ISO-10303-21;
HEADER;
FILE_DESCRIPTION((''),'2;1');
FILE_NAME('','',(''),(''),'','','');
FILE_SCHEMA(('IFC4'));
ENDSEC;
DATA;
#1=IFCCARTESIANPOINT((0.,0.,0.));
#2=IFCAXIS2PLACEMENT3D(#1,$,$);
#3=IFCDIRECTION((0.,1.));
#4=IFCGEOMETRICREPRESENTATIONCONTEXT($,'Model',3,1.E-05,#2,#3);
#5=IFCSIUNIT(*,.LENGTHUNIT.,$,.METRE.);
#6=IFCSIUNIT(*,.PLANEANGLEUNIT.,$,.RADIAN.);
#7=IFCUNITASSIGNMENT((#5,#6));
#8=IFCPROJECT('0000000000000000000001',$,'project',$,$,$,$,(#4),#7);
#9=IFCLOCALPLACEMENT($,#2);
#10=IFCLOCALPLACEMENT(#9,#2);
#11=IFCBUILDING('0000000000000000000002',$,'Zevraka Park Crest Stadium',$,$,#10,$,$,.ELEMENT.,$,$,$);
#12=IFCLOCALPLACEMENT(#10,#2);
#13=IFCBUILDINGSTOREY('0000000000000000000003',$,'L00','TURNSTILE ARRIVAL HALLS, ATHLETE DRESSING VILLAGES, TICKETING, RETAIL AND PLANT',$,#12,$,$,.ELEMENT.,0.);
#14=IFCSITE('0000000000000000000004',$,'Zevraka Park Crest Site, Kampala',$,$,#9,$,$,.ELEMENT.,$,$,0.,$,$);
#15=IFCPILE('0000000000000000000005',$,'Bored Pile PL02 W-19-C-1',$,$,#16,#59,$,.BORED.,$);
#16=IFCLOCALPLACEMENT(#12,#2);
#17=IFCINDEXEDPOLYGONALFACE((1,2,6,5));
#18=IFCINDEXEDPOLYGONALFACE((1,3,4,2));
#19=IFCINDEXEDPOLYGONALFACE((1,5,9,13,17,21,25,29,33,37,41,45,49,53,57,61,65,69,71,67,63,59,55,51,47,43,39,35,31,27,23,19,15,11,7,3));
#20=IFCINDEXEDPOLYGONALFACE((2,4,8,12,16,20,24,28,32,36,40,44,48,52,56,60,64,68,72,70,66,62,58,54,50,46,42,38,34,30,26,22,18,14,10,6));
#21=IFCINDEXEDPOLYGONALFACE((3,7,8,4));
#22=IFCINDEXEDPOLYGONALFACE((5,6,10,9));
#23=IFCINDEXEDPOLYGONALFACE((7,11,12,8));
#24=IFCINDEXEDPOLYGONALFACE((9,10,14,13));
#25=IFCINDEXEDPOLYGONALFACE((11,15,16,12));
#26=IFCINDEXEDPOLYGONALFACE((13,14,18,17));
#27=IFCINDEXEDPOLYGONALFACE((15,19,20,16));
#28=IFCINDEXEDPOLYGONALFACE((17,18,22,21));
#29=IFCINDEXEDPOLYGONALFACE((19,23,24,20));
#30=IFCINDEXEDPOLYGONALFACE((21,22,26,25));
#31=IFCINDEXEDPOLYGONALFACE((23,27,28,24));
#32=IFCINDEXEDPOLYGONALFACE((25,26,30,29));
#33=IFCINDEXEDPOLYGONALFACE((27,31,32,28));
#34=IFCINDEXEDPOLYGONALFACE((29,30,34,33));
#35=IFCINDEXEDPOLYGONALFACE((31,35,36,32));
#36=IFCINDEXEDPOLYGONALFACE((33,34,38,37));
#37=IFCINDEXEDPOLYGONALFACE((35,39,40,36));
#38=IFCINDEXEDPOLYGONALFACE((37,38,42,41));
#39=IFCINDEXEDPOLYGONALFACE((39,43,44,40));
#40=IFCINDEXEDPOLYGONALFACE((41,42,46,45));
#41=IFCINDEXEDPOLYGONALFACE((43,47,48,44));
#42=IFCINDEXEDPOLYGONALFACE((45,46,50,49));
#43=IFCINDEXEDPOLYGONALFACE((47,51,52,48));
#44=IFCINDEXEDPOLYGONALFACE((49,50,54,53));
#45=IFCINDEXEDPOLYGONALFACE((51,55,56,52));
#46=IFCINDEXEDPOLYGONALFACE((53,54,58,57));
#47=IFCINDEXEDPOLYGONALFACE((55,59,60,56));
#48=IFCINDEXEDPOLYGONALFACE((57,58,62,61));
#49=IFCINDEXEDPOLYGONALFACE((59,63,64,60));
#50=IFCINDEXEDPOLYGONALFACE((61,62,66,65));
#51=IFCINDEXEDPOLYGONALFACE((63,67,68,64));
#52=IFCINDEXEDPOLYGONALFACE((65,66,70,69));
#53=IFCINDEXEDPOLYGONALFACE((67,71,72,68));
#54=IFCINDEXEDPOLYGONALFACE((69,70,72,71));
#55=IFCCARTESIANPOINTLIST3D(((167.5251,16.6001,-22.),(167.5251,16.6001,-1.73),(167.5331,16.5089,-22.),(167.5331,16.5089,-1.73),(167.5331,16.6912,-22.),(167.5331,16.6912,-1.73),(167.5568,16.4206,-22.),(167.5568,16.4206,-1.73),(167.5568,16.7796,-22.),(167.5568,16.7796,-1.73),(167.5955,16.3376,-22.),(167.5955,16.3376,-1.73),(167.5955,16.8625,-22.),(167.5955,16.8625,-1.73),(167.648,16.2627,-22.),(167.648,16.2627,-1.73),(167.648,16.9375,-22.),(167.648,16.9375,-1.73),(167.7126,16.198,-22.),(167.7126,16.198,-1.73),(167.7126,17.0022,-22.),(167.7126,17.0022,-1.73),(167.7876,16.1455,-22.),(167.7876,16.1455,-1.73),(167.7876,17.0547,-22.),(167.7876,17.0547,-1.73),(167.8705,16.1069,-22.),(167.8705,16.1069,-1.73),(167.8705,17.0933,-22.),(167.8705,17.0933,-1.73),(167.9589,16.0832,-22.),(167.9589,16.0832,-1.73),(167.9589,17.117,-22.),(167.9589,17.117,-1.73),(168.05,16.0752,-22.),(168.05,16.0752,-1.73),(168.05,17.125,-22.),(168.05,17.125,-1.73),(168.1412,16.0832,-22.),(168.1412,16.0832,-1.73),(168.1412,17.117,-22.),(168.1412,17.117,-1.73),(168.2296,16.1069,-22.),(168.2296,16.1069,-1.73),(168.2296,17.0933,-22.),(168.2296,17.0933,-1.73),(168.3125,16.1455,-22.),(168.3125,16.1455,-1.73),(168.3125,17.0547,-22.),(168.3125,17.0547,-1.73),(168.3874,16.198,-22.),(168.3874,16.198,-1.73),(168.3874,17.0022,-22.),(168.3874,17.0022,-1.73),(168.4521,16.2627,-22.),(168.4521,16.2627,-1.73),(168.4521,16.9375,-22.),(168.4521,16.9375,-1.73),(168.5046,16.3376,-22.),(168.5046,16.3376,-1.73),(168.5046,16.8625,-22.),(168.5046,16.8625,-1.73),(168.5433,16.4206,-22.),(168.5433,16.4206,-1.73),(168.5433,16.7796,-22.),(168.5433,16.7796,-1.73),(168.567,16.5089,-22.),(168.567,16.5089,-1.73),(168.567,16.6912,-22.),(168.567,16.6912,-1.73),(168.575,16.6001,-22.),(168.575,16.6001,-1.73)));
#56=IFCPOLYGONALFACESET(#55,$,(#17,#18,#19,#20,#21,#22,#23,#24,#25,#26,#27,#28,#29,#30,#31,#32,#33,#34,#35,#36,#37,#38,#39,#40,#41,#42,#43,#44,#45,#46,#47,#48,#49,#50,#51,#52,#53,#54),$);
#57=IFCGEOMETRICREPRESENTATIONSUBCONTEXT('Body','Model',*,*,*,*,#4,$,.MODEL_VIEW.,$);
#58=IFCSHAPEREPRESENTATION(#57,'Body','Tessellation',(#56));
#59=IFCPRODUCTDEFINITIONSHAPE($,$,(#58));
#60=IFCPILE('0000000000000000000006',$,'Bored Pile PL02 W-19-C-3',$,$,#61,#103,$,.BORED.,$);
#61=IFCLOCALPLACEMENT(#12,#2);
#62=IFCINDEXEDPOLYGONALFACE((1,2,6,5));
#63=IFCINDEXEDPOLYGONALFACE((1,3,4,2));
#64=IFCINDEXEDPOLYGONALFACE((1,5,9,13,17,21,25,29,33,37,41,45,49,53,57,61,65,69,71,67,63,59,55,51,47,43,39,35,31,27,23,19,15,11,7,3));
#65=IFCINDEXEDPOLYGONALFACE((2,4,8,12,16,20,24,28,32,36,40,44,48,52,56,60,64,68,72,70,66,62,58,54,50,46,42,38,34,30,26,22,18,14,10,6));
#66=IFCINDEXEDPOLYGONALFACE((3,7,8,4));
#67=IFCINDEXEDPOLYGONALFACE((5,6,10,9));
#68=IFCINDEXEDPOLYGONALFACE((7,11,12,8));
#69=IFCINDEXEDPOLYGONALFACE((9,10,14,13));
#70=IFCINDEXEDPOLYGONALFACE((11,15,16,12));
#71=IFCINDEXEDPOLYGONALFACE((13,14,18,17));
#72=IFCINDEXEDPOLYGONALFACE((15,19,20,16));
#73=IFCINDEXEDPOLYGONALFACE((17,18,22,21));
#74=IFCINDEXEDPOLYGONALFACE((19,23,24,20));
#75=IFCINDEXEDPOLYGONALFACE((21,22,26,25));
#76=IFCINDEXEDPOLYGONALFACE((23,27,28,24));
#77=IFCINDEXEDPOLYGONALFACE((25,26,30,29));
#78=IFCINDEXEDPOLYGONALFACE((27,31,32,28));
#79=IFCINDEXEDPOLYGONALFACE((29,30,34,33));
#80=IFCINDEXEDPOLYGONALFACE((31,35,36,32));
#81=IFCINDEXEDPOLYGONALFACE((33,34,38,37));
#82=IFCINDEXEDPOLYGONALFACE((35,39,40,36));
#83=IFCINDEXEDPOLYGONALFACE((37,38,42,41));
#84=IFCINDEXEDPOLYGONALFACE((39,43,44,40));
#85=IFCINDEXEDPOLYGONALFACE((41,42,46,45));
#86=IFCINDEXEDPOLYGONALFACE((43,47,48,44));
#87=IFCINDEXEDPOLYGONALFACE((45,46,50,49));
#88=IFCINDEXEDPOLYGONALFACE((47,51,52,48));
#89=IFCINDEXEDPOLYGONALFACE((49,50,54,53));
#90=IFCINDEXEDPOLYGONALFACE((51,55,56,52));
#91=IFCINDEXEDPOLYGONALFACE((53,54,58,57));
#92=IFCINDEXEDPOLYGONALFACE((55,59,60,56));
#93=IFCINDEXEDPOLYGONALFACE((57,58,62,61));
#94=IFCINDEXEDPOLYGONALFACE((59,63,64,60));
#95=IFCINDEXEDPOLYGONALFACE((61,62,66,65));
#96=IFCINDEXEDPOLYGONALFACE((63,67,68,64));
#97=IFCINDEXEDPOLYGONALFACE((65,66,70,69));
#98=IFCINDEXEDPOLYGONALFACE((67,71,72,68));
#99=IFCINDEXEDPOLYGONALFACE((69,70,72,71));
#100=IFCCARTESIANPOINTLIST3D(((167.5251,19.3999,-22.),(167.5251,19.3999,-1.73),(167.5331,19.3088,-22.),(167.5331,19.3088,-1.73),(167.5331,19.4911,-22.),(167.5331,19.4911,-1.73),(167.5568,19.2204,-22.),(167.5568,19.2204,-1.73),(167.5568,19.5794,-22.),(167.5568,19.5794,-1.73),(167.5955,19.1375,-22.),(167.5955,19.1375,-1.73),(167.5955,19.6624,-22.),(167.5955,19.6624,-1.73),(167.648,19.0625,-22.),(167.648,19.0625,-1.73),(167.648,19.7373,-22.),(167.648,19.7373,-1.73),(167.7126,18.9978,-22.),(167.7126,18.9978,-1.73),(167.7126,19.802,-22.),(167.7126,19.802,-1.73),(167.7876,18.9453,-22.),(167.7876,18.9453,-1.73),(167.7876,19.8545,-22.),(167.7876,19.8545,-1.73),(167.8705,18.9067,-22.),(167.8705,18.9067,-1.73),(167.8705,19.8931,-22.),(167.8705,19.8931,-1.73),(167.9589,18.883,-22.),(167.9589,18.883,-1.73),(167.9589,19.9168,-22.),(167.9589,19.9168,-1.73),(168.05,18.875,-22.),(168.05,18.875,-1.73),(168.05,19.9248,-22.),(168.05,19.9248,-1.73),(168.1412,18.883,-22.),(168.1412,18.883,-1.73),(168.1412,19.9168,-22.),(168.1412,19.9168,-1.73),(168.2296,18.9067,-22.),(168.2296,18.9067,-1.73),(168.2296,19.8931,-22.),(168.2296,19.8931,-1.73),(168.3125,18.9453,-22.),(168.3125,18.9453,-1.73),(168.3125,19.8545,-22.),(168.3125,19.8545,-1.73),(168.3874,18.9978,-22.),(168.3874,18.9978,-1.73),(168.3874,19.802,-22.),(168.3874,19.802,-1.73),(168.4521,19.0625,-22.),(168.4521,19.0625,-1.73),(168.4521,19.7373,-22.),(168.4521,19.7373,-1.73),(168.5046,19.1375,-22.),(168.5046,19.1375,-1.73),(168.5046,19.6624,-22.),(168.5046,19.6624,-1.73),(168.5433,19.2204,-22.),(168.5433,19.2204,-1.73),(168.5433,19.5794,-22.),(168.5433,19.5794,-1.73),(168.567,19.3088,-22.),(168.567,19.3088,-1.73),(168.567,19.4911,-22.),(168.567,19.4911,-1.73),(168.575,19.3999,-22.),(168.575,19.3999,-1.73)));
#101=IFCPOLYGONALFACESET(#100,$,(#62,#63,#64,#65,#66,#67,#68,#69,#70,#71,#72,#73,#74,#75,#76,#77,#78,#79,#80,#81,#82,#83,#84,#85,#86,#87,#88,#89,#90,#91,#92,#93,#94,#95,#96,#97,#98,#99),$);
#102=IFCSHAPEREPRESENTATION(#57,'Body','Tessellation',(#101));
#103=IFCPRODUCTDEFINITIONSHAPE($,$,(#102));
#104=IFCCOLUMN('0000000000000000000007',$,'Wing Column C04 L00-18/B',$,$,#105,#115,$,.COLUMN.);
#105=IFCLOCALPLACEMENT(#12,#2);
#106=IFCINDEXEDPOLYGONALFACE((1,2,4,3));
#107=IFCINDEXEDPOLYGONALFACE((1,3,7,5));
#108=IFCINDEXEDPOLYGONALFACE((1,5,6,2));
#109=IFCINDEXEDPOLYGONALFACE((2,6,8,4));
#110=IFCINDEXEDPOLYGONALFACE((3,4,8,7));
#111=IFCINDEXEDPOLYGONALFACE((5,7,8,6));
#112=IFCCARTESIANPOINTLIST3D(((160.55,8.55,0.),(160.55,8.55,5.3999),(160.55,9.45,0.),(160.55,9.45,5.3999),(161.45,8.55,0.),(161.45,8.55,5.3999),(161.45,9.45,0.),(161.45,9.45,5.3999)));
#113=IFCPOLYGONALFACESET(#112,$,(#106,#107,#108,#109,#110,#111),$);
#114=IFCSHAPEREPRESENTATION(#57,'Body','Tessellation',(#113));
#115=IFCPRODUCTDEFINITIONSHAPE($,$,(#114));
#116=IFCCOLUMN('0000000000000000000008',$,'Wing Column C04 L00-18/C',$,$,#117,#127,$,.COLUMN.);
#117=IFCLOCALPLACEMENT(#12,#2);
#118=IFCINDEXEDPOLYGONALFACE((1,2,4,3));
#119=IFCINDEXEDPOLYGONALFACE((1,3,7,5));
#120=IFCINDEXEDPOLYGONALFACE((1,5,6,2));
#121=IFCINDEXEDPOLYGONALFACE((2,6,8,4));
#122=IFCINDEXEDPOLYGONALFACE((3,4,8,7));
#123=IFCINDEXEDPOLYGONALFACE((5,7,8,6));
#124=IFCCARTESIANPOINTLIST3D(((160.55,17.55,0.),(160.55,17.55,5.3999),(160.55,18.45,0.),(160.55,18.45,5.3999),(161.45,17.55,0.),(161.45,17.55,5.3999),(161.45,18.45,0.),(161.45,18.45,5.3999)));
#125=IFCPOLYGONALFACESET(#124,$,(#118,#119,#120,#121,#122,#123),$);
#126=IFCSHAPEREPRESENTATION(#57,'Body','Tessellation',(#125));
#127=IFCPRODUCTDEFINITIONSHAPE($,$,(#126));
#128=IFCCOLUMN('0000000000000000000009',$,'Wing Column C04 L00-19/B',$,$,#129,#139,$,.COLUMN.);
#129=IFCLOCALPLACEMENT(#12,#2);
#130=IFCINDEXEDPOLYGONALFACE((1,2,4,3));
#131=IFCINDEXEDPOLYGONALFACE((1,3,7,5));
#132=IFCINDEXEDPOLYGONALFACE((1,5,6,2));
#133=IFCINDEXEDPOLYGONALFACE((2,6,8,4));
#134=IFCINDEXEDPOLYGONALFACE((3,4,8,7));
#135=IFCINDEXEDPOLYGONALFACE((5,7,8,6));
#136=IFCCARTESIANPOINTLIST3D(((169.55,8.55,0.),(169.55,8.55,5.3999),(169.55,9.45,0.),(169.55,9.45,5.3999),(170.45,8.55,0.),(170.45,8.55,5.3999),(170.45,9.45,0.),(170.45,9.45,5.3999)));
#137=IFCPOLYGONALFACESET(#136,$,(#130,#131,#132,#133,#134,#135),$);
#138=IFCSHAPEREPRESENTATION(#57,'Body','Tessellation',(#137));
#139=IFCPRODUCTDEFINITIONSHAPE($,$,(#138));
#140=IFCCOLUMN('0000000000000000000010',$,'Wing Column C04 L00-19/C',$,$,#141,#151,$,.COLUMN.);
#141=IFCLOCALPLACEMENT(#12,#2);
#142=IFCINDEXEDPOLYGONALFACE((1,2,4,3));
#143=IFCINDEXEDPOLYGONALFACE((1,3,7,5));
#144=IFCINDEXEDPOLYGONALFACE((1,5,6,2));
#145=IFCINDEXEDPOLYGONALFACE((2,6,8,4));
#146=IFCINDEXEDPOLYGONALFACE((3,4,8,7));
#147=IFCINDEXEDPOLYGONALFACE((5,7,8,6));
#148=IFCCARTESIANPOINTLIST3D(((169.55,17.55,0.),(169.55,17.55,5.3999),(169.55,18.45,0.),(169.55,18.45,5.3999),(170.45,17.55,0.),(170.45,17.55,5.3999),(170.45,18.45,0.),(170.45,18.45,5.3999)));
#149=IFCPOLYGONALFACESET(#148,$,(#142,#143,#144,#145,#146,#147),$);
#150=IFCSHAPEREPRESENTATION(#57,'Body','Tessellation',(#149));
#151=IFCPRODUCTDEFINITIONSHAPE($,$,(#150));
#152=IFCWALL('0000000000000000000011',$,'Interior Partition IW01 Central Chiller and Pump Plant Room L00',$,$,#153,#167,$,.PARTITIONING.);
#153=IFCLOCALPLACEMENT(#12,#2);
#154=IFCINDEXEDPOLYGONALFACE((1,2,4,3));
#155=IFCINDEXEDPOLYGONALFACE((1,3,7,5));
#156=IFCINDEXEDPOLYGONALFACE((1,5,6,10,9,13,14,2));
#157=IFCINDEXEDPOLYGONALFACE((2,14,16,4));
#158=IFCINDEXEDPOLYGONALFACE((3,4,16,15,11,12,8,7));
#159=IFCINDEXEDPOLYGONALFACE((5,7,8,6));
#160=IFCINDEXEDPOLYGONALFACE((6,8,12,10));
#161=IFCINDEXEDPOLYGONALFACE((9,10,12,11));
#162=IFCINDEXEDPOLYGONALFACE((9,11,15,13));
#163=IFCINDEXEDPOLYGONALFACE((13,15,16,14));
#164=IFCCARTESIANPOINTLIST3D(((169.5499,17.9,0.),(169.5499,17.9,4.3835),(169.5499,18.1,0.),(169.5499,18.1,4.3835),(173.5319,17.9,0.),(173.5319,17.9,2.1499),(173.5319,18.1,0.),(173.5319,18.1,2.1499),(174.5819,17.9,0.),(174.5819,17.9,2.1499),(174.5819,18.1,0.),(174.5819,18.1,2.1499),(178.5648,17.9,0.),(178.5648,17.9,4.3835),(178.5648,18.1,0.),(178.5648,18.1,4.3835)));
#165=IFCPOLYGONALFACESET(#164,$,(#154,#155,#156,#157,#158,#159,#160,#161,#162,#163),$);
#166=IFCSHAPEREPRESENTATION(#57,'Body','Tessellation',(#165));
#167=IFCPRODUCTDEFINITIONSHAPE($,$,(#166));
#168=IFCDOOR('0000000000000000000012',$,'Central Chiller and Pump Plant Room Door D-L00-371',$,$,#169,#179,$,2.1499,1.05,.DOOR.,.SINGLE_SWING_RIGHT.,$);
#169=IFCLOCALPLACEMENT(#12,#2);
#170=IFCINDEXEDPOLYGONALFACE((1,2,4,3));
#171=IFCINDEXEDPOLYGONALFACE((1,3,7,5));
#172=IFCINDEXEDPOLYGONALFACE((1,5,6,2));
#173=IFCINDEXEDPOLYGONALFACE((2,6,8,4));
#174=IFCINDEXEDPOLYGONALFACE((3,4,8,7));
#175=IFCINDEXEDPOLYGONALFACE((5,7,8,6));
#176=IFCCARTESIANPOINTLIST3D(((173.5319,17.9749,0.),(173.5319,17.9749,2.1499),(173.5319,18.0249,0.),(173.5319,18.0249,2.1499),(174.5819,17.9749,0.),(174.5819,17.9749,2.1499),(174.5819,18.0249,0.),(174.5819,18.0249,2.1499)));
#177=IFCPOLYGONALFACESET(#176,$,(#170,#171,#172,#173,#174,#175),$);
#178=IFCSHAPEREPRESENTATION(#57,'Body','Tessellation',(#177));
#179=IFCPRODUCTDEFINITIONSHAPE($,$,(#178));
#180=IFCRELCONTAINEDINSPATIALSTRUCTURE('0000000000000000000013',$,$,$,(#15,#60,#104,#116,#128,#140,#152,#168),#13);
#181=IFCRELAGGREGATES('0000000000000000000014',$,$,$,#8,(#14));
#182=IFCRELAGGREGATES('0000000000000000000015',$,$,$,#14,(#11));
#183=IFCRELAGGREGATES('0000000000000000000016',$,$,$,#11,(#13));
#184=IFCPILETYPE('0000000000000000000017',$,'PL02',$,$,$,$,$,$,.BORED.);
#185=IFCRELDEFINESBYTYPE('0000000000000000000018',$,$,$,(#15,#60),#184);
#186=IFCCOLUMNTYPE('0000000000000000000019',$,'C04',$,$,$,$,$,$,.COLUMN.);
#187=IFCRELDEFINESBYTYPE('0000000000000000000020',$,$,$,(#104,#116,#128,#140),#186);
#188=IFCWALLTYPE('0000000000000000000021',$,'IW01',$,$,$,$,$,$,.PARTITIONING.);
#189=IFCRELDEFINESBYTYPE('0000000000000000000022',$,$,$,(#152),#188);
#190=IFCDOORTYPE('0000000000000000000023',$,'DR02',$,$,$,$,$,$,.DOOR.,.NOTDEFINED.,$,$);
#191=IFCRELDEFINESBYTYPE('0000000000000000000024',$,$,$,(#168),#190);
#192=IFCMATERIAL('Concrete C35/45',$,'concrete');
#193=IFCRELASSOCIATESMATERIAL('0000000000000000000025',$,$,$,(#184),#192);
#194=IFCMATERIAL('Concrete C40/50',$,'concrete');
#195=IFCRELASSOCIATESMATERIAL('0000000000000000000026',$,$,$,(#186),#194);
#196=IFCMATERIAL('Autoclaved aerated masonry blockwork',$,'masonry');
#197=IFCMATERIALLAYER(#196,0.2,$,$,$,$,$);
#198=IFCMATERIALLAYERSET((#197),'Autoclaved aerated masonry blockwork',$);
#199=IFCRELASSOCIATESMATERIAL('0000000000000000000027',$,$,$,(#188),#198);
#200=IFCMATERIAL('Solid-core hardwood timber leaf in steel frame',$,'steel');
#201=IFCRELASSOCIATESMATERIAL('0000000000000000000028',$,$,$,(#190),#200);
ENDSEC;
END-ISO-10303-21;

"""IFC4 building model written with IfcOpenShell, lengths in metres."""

from ifc_helpers import new_model, si_unit, direction, frame, frame_2d, origin, origin_2d, place, context, subcontext, project, spatial, rectangle, circle, extrude, material, layer, layer_set, material_profile, profile_set, type_object, element, fill, save


model = new_model("IFC4")

# Units and contexts
model_context = context("Model", 3, precision=1e-05, world=origin(), true_north=direction((0.0, 1.0)))
body_context = subcontext(model_context, "Body", "Model", "MODEL_VIEW")
ifc_project = project(units=[si_unit("LENGTHUNIT", "METRE"), si_unit("PLANEANGLEUNIT", "RADIAN")], contexts=[model_context])

# Site, building, storey
site_placement = place(None, origin())
site = spatial("IfcSite", under=ifc_project, at=site_placement, Name="Zevraka Park Crest Site, Kampala", CompositionType="ELEMENT", RefElevation=0.0)
building_placement = place(site_placement, origin())
building = spatial("IfcBuilding", under=site, at=building_placement, Name="Zevraka Park Crest Stadium", CompositionType="ELEMENT")
storey_placement = place(building_placement, origin())
storey = spatial("IfcBuildingStorey", under=building, at=storey_placement, Name="L00", Description="TURNSTILE ARRIVAL HALLS, ATHLETE DRESSING VILLAGES, TICKETING, RETAIL AND PLANT", CompositionType="ELEMENT", Elevation=0.0)

# Piles
ifc_material_1 = material(Name="Concrete C35/45", Category="concrete")
ifc_material_profile_1 = material_profile(ifc_material_1, circle(Radius=0.5249, at=origin_2d()), Name="PILE D1050")
ifc_profile_set_1 = profile_set([ifc_material_profile_1], Name="Concrete C35/45")
pile_type_1 = type_object("IfcPileType", Name="PL02", PredefinedType="BORED", material=ifc_profile_set_1)
for number, where, z_axis, x_axis, name in (
    (1, (168.05, 16.6001, -1.73), (0.0, 0.0, -1.0), (1.0, 0.0, 0.0), "Bored Pile PL02 W-19-C-1"),
    (2, (168.05, 19.3999, -1.73), (0.0, 0.0, -1.0), (1.0, 0.0, 0.0), "Bored Pile PL02 W-19-C-3"),
):
    element("IfcPile", number, at=place(storey_placement, frame(where, z_axis=z_axis, x_axis=x_axis)), inside=storey, type_object=pile_type_1, Name=name, PredefinedType="BORED", context=body_context, shape_type="SweptSolid", body=[
        extrude(circle(Radius=0.5249, at=origin_2d()), origin(), (0.0, 0.0, 1.0), 20.27),
    ])

# Columns
ifc_material_2 = material(Name="Concrete C40/50", Category="concrete")
ifc_material_profile_2 = material_profile(ifc_material_2, rectangle(XDim=0.8999, YDim=0.8999, at=origin_2d()), Name="RC 900x900")
ifc_profile_set_2 = profile_set([ifc_material_profile_2], Name="Concrete C40/50")
column_type = type_object("IfcColumnType", Name="C04", PredefinedType="COLUMN", material=ifc_profile_set_2)
for number, where, z_axis, x_axis, name in (
    (3, (161.0, 9.0, 0.0), (0.0, 0.0, 1.0), (1.0, 0.0, 0.0), "Wing Column C04 L00-18/B"),
    (4, (161.0, 18.0, 0.0), (0.0, 0.0, 1.0), (1.0, 0.0, 0.0), "Wing Column C04 L00-18/C"),
    (5, (170.0, 9.0, 0.0), (0.0, 0.0, 1.0), (1.0, 0.0, 0.0), "Wing Column C04 L00-19/B"),
    (6, (170.0, 18.0, 0.0), (0.0, 0.0, 1.0), (1.0, 0.0, 0.0), "Wing Column C04 L00-19/C"),
):
    element("IfcColumn", number, at=place(storey_placement, frame(where, z_axis=z_axis, x_axis=x_axis)), inside=storey, type_object=column_type, Name=name, PredefinedType="COLUMN", context=body_context, shape_type="SweptSolid", body=[
        extrude(rectangle(XDim=0.8999, YDim=0.8999, at=origin_2d()), origin(), (0.0, 0.0, 1.0), 5.3999),
    ])

# Wall, opening, door
ifc_material_3 = material(Name="Autoclaved aerated masonry blockwork", Category="masonry")
ifc_layer_1 = layer(ifc_material_3, 0.2)
ifc_layer_set_1 = layer_set([ifc_layer_1], Name="Autoclaved aerated masonry blockwork")
wall_type_1 = type_object("IfcWallType", Name="IW01", PredefinedType="PARTITIONING", material=ifc_layer_set_1)
wall_1_placement = place(storey_placement, frame((169.55, 18.0, 0.0), z_axis=(0.0, 0.0, 1.0), x_axis=(1.0, 0.0, 0.0)))
wall_1 = element("IfcWall", 7, at=wall_1_placement, inside=storey, type_object=wall_type_1, Name="Interior Partition IW01 Central Chiller and Pump Plant Room L00", PredefinedType="PARTITIONING", context=body_context, shape_type="SweptSolid", body=[
    extrude(rectangle(XDim=9.0149, YDim=0.2, at=frame_2d((4.5073, 0.0))), origin(), (0.0, 0.0, 1.0), 4.3835),
])
opening_1_placement = place(wall_1_placement, frame((3.9819, 0.0, 0.0)))
opening_1 = element("IfcOpeningElement", 8, at=opening_1_placement, cuts=wall_1, PredefinedType="OPENING", context=body_context, shape_type="SweptSolid", body=[
    extrude(rectangle(XDim=1.05, YDim=2.1499, at=frame_2d((0.5249, 1.075))), frame((0.0, 0.1099, 0.0), z_axis=(0.0, -1.0, 0.0), x_axis=(1.0, 0.0, 0.0)), (0.0, 0.0, 1.0), 0.22),
])
ifc_material_4 = material(Name="Solid-core hardwood timber leaf in steel frame", Category="steel")
door_type_1 = type_object("IfcDoorType", Name="DR02", OperationType="NOTDEFINED", PredefinedType="DOOR", material=ifc_material_4)
door_1_placement = place(opening_1_placement, origin())
door_1 = element("IfcDoor", 9, at=door_1_placement, inside=storey, type_object=door_type_1, Name="Central Chiller and Pump Plant Room Door D-L00-371", OperationType="SINGLE_SWING_RIGHT", OverallHeight=2.1499, OverallWidth=1.05, PredefinedType="DOOR", context=body_context, shape_type="SweptSolid", body=[
    extrude(rectangle(XDim=1.05, YDim=2.1499, at=frame_2d((0.5249, 1.075))), frame((0.0, 0.0249, 0.0), z_axis=(0.0, -1.0, 0.0), x_axis=(1.0, 0.0, 0.0)), (0.0, 0.0, 1.0), 0.05),
])
fill(opening_1, door_1)

save(model, "model.ifc")
